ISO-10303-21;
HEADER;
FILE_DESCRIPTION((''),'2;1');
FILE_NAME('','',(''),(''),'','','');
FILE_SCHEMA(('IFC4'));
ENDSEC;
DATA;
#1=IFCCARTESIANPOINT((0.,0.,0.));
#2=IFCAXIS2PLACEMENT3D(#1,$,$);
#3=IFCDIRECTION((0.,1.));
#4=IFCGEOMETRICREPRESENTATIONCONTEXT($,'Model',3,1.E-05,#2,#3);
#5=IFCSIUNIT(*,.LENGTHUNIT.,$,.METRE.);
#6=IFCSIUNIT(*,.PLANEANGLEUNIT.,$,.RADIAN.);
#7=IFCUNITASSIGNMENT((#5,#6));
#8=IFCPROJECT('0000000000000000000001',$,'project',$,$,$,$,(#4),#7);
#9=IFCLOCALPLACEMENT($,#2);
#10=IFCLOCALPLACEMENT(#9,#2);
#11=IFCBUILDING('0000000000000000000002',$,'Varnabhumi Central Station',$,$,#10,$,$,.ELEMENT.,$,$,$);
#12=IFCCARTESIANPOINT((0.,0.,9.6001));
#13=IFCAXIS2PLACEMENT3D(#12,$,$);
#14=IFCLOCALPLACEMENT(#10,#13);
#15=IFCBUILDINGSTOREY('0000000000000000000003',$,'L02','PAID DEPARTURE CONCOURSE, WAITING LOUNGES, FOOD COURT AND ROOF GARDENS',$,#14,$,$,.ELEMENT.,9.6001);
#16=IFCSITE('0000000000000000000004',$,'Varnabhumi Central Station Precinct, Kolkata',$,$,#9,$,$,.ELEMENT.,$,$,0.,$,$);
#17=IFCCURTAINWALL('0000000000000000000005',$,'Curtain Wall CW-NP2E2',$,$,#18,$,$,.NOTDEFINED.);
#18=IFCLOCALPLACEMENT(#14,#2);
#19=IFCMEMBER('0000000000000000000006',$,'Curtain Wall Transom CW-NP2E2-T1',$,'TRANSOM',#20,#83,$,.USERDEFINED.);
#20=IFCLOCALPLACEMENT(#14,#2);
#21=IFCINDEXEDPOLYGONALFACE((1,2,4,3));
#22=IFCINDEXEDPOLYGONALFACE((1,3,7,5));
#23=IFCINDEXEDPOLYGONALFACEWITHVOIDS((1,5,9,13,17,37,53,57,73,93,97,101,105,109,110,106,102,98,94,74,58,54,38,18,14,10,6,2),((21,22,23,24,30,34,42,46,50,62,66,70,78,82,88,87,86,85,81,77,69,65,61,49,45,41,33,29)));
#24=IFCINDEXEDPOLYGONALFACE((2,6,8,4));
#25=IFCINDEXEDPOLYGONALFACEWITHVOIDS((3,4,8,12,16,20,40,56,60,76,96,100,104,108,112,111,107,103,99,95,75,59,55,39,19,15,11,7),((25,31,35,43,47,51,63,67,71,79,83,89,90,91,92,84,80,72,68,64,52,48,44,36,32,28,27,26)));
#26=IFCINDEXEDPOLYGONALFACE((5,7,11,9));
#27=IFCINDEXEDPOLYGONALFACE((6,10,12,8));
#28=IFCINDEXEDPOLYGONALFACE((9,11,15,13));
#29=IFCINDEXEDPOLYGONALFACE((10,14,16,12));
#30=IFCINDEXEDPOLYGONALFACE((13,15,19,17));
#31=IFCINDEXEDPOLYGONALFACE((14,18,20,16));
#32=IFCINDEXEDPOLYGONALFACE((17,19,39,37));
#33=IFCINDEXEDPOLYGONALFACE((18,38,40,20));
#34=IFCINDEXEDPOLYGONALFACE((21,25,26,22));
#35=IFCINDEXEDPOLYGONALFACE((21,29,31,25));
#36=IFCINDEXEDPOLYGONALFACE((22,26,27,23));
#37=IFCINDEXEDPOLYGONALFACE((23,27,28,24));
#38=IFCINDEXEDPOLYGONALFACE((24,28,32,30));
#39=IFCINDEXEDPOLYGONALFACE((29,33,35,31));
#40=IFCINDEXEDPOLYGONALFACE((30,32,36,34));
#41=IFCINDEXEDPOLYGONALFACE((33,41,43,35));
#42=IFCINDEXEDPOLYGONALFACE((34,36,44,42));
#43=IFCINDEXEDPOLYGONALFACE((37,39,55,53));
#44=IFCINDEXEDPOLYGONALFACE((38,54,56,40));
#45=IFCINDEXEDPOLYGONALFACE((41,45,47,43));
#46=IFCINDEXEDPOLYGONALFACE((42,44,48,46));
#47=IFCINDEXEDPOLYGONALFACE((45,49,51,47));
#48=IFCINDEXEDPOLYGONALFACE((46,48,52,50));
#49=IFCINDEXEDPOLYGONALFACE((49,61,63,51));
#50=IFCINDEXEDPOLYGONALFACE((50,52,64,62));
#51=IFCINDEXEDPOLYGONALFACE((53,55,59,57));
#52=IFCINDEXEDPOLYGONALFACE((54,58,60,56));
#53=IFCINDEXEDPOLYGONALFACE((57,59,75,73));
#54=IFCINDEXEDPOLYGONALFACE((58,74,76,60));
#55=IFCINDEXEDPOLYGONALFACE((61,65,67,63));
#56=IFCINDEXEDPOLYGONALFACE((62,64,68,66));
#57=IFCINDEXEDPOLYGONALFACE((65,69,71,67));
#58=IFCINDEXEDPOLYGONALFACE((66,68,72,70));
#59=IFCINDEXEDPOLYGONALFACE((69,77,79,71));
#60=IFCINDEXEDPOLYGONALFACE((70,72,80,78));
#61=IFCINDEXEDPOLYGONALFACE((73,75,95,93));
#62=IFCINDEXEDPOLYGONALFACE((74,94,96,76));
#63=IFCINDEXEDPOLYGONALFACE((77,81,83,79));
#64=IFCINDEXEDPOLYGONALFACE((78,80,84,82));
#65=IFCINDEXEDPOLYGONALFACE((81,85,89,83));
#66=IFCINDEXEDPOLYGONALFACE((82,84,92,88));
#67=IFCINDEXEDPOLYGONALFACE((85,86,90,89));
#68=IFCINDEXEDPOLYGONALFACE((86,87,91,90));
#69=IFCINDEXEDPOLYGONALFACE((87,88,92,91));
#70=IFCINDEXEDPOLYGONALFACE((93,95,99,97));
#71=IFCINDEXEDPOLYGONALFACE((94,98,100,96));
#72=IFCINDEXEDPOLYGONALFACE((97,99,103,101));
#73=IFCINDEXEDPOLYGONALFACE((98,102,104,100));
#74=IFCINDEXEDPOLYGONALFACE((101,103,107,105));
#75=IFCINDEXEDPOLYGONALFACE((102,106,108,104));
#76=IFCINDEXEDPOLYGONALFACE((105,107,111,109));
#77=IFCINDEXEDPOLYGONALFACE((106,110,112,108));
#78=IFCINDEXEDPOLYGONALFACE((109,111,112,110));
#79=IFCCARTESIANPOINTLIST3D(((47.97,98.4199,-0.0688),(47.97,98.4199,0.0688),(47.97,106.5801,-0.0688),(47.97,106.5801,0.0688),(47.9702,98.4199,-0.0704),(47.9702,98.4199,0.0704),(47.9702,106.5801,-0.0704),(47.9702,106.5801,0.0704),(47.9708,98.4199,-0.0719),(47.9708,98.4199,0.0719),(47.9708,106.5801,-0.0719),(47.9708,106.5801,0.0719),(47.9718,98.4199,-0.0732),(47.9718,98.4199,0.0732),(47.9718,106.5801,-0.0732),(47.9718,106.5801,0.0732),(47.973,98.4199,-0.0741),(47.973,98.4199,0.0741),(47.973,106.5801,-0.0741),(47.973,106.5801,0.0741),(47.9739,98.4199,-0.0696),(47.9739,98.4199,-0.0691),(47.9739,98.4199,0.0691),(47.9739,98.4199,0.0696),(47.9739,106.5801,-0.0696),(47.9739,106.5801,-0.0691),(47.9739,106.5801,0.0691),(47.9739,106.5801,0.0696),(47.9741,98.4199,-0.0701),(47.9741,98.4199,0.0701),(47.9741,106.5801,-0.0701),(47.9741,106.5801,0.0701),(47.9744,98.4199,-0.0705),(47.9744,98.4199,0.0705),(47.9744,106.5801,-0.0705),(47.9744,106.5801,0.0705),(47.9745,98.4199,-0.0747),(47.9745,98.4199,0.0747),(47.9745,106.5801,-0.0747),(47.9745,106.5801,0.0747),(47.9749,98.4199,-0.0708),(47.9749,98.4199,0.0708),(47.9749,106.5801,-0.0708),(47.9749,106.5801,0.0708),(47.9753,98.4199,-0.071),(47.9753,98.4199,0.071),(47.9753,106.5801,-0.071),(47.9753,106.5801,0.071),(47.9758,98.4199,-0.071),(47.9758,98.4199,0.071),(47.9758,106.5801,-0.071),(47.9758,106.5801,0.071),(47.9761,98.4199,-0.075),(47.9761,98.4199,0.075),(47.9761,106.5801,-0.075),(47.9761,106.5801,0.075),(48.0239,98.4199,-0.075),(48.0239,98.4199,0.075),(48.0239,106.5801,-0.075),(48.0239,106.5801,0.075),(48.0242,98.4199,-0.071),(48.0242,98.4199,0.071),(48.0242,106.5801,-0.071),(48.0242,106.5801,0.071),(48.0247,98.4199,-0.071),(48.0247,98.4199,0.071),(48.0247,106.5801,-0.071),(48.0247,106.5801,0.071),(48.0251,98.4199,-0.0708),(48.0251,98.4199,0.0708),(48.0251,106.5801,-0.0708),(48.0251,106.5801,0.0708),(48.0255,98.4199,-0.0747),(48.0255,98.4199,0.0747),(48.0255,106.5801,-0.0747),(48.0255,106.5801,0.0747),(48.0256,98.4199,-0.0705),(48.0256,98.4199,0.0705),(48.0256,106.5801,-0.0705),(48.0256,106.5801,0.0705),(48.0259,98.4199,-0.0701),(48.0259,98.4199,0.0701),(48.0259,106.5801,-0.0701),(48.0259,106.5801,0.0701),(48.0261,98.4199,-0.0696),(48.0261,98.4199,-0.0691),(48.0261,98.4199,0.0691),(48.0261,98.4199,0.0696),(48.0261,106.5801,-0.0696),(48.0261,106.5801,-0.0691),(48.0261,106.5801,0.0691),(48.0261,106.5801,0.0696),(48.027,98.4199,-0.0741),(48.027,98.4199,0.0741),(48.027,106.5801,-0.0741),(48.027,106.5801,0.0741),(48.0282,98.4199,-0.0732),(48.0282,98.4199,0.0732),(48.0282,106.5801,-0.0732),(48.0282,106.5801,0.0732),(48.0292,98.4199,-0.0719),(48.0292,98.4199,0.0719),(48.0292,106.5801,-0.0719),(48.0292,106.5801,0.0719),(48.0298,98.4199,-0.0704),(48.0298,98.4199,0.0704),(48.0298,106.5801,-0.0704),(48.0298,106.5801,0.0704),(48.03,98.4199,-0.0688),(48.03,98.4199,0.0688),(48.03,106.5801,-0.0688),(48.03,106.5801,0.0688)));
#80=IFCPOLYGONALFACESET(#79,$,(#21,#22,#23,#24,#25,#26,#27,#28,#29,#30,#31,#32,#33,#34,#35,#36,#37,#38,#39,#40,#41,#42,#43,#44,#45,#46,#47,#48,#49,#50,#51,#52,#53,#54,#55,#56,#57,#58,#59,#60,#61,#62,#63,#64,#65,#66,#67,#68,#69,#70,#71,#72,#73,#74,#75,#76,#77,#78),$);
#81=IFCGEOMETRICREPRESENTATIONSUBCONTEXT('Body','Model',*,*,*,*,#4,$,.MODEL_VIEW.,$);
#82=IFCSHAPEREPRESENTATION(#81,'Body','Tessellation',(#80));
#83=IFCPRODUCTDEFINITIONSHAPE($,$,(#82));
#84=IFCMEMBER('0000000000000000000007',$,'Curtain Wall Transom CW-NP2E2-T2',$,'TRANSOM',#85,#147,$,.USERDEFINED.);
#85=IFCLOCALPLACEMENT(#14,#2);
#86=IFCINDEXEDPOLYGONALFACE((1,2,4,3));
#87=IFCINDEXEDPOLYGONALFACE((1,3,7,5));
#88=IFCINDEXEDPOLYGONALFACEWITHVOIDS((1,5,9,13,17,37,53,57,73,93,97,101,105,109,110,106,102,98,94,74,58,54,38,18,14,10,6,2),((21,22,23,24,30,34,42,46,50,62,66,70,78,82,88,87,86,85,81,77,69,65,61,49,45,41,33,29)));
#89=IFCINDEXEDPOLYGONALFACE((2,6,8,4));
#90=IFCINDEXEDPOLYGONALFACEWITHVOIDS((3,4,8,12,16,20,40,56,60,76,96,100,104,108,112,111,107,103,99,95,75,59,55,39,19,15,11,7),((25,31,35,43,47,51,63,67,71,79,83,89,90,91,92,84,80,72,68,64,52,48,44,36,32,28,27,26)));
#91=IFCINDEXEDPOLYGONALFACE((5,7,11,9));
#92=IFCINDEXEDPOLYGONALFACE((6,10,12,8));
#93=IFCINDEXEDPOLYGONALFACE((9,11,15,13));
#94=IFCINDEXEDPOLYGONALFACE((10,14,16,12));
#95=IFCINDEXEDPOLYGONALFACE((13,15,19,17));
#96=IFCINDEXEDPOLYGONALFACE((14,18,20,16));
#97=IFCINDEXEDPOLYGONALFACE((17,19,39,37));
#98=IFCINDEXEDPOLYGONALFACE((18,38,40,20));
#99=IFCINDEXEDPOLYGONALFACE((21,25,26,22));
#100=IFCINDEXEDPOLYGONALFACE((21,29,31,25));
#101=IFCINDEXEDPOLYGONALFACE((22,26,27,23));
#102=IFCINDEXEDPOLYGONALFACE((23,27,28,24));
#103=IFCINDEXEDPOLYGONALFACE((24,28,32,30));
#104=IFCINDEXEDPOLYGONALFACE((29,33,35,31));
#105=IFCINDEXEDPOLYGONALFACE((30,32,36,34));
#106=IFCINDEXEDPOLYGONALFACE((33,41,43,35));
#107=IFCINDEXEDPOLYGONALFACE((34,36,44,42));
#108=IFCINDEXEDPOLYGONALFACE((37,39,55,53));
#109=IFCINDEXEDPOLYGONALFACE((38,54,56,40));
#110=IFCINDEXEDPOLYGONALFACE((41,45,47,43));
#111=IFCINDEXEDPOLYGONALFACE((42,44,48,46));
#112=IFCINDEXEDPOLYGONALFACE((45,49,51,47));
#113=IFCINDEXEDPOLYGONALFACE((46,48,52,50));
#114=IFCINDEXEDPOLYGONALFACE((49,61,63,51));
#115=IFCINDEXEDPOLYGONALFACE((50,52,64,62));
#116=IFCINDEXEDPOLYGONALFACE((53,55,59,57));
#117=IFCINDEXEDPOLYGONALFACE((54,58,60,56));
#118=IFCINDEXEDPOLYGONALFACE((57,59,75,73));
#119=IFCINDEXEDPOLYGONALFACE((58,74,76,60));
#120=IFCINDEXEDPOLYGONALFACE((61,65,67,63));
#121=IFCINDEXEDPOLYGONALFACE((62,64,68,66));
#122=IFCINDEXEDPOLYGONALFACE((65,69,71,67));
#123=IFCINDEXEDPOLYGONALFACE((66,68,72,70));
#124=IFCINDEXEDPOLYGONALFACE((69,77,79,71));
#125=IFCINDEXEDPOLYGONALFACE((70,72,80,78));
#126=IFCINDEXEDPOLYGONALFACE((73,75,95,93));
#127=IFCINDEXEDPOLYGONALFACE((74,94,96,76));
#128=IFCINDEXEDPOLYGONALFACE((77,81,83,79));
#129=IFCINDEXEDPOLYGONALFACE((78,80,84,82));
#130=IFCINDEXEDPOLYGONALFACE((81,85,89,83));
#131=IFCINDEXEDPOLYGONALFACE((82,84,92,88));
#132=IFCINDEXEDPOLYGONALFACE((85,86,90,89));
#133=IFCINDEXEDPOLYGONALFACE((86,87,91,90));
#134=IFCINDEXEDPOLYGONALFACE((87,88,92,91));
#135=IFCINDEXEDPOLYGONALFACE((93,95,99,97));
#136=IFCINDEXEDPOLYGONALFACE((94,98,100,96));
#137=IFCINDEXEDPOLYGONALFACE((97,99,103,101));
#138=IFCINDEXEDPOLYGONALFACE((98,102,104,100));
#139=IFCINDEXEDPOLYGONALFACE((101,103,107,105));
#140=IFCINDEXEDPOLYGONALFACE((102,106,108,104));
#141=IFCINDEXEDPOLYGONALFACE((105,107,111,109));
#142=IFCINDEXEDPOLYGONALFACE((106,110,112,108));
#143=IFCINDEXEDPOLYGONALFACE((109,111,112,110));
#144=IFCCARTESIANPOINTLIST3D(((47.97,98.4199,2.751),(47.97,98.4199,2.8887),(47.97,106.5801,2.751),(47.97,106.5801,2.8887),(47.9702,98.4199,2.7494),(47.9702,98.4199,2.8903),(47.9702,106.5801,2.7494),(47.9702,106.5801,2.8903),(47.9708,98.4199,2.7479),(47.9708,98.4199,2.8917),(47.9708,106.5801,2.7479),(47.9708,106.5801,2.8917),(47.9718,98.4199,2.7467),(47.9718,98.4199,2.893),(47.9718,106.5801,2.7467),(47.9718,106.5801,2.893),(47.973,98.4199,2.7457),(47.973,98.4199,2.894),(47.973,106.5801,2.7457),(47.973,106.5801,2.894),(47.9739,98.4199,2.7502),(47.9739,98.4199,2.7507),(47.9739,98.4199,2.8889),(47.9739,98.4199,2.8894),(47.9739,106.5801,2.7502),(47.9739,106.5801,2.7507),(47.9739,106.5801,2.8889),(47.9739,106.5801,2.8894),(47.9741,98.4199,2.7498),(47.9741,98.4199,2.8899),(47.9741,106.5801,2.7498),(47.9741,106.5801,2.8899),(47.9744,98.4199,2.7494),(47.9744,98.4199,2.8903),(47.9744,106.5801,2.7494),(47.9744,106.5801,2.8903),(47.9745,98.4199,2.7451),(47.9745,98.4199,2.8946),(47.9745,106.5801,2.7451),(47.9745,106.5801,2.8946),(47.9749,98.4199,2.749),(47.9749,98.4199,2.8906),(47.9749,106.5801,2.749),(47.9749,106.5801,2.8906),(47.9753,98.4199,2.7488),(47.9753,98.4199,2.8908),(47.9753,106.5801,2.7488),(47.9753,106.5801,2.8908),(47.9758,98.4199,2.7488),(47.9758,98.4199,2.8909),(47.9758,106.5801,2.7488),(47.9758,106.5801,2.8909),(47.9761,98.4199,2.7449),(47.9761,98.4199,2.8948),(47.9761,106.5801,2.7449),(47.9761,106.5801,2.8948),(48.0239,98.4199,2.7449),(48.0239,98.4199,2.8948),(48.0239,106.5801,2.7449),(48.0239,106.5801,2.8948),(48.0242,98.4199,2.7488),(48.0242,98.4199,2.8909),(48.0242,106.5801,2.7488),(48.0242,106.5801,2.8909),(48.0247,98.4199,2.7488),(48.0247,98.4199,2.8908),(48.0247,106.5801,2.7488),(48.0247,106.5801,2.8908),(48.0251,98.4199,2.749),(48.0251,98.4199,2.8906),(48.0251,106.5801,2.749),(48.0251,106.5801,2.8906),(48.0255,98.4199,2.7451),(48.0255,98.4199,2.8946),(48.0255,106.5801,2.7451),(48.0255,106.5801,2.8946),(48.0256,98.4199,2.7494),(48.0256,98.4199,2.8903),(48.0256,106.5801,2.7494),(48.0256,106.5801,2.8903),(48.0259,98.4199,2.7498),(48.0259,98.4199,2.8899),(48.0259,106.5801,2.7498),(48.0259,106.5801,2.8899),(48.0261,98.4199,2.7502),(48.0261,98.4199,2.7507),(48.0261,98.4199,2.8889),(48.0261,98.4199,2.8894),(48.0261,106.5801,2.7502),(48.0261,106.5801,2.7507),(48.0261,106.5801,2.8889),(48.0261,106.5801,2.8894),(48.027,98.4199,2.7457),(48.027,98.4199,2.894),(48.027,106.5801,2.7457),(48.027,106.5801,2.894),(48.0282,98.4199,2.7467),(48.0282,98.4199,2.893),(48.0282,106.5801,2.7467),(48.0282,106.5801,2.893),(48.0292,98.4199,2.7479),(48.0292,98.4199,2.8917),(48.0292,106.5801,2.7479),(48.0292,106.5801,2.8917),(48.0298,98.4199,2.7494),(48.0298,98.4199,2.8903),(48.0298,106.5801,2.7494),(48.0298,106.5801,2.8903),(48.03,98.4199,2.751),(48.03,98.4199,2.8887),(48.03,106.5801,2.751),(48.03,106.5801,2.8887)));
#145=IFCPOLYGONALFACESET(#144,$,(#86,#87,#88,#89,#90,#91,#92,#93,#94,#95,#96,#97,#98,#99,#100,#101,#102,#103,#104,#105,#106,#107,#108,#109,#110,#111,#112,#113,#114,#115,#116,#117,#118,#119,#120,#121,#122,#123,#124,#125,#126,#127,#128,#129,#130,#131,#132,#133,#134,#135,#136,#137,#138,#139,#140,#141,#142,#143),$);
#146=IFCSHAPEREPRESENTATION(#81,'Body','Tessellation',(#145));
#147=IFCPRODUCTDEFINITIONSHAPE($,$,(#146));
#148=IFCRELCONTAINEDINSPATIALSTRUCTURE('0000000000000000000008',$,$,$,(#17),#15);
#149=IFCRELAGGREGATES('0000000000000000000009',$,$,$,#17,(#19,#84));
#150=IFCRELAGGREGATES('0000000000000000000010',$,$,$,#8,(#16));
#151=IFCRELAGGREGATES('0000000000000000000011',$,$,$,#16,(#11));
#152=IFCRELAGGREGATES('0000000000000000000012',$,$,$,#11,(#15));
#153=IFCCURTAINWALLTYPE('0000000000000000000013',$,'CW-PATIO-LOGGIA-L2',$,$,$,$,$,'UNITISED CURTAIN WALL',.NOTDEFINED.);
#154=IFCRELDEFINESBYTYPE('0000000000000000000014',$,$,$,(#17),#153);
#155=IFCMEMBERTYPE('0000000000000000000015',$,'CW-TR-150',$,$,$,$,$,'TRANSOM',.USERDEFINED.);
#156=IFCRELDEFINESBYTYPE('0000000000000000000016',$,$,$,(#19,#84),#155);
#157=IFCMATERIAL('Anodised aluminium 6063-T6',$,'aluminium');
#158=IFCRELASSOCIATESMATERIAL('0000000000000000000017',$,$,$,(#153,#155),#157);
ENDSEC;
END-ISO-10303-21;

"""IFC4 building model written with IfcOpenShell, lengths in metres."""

from ifc_helpers import new_model, si_unit, direction, frame, origin, origin_2d, place, context, subcontext, project, spatial, hollow_rectangle, extrude, material, material_profile, profile_set, type_object, element, aggregate, save


model = new_model("IFC4")

# Units and contexts
model_context = context("Model", 3, precision=1e-05, world=origin(), true_north=direction((0.0, 1.0)))
body_context = subcontext(model_context, "Body", "Model", "MODEL_VIEW")
ifc_project = project(units=[si_unit("LENGTHUNIT", "METRE"), si_unit("PLANEANGLEUNIT", "RADIAN")], contexts=[model_context])

# Site, building, storey
site_placement = place(None, origin())
site = spatial("IfcSite", under=ifc_project, at=site_placement, Name="Varnabhumi Central Station Precinct, Kolkata", CompositionType="ELEMENT", RefElevation=0.0)
building_placement = place(site_placement, origin())
building = spatial("IfcBuilding", under=site, at=building_placement, Name="Varnabhumi Central Station", CompositionType="ELEMENT")
storey_placement = place(building_placement, frame((0.0, 0.0, 9.6001)))
storey = spatial("IfcBuildingStorey", under=building, at=storey_placement, Name="L02", Description="PAID DEPARTURE CONCOURSE, WAITING LOUNGES, FOOD COURT AND ROOF GARDENS", CompositionType="ELEMENT", Elevation=9.6001)

# Curtain wall
ifc_material_1 = material(Name="Anodised aluminium 6063-T6", Category="aluminium")
curtain_wall_type = type_object("IfcCurtainWallType", Name="CW-PATIO-LOGGIA-L2", ElementType="UNITISED CURTAIN WALL", PredefinedType="NOTDEFINED", material=ifc_material_1)
curtain_wall_1_placement = place(storey_placement, origin())
curtain_wall_1 = element("IfcCurtainWall", 1, at=curtain_wall_1_placement, inside=storey, type_object=curtain_wall_type, Name="Curtain Wall CW-NP2E2", PredefinedType="NOTDEFINED")

# Members
ifc_material_profile_1 = material_profile(ifc_material_1, hollow_rectangle(XDim=0.0601, YDim=0.1499, WallThickness=0.0039, InnerFilletRadius=0.002, OuterFilletRadius=0.0061, at=origin_2d()), Name="Anodised aluminium 6063-T6", Category="aluminium")
ifc_profile_set_1 = profile_set([ifc_material_profile_1], Name="Anodised aluminium 6063-T6")
member_type_1 = type_object("IfcMemberType", Name="CW-TR-150", ElementType="TRANSOM", PredefinedType="USERDEFINED", material=ifc_profile_set_1)
member_1_placement = place(storey_placement, frame((48.0, 98.4199, 0.0), z_axis=(0.0, 1.0, 0.0), x_axis=(-1.0, 0.0, 0.0)))
member_1 = element("IfcMember", 2, at=member_1_placement, type_object=member_type_1, Name="Curtain Wall Transom CW-NP2E2-T1", ObjectType="TRANSOM", PredefinedType="USERDEFINED", context=body_context, shape_type="SweptSolid", body=[
    extrude(hollow_rectangle(XDim=0.0601, YDim=0.1499, WallThickness=0.0039, InnerFilletRadius=0.002, OuterFilletRadius=0.0061, at=origin_2d()), origin(), (0.0, 0.0, 1.0), 8.1602),
])
member_2_placement = place(storey_placement, frame((48.0, 98.4199, 2.8198), z_axis=(0.0, 1.0, 0.0), x_axis=(-1.0, 0.0, 0.0)))
member_2 = element("IfcMember", 3, at=member_2_placement, type_object=member_type_1, Name="Curtain Wall Transom CW-NP2E2-T2", ObjectType="TRANSOM", PredefinedType="USERDEFINED", context=body_context, shape_type="SweptSolid", body=[
    extrude(hollow_rectangle(XDim=0.0601, YDim=0.1499, WallThickness=0.0039, InnerFilletRadius=0.002, OuterFilletRadius=0.0061, at=origin_2d()), origin(), (0.0, 0.0, 1.0), 8.1602),
])

aggregate(curtain_wall_1, [member_1, member_2])

save(model, "model.ifc")
